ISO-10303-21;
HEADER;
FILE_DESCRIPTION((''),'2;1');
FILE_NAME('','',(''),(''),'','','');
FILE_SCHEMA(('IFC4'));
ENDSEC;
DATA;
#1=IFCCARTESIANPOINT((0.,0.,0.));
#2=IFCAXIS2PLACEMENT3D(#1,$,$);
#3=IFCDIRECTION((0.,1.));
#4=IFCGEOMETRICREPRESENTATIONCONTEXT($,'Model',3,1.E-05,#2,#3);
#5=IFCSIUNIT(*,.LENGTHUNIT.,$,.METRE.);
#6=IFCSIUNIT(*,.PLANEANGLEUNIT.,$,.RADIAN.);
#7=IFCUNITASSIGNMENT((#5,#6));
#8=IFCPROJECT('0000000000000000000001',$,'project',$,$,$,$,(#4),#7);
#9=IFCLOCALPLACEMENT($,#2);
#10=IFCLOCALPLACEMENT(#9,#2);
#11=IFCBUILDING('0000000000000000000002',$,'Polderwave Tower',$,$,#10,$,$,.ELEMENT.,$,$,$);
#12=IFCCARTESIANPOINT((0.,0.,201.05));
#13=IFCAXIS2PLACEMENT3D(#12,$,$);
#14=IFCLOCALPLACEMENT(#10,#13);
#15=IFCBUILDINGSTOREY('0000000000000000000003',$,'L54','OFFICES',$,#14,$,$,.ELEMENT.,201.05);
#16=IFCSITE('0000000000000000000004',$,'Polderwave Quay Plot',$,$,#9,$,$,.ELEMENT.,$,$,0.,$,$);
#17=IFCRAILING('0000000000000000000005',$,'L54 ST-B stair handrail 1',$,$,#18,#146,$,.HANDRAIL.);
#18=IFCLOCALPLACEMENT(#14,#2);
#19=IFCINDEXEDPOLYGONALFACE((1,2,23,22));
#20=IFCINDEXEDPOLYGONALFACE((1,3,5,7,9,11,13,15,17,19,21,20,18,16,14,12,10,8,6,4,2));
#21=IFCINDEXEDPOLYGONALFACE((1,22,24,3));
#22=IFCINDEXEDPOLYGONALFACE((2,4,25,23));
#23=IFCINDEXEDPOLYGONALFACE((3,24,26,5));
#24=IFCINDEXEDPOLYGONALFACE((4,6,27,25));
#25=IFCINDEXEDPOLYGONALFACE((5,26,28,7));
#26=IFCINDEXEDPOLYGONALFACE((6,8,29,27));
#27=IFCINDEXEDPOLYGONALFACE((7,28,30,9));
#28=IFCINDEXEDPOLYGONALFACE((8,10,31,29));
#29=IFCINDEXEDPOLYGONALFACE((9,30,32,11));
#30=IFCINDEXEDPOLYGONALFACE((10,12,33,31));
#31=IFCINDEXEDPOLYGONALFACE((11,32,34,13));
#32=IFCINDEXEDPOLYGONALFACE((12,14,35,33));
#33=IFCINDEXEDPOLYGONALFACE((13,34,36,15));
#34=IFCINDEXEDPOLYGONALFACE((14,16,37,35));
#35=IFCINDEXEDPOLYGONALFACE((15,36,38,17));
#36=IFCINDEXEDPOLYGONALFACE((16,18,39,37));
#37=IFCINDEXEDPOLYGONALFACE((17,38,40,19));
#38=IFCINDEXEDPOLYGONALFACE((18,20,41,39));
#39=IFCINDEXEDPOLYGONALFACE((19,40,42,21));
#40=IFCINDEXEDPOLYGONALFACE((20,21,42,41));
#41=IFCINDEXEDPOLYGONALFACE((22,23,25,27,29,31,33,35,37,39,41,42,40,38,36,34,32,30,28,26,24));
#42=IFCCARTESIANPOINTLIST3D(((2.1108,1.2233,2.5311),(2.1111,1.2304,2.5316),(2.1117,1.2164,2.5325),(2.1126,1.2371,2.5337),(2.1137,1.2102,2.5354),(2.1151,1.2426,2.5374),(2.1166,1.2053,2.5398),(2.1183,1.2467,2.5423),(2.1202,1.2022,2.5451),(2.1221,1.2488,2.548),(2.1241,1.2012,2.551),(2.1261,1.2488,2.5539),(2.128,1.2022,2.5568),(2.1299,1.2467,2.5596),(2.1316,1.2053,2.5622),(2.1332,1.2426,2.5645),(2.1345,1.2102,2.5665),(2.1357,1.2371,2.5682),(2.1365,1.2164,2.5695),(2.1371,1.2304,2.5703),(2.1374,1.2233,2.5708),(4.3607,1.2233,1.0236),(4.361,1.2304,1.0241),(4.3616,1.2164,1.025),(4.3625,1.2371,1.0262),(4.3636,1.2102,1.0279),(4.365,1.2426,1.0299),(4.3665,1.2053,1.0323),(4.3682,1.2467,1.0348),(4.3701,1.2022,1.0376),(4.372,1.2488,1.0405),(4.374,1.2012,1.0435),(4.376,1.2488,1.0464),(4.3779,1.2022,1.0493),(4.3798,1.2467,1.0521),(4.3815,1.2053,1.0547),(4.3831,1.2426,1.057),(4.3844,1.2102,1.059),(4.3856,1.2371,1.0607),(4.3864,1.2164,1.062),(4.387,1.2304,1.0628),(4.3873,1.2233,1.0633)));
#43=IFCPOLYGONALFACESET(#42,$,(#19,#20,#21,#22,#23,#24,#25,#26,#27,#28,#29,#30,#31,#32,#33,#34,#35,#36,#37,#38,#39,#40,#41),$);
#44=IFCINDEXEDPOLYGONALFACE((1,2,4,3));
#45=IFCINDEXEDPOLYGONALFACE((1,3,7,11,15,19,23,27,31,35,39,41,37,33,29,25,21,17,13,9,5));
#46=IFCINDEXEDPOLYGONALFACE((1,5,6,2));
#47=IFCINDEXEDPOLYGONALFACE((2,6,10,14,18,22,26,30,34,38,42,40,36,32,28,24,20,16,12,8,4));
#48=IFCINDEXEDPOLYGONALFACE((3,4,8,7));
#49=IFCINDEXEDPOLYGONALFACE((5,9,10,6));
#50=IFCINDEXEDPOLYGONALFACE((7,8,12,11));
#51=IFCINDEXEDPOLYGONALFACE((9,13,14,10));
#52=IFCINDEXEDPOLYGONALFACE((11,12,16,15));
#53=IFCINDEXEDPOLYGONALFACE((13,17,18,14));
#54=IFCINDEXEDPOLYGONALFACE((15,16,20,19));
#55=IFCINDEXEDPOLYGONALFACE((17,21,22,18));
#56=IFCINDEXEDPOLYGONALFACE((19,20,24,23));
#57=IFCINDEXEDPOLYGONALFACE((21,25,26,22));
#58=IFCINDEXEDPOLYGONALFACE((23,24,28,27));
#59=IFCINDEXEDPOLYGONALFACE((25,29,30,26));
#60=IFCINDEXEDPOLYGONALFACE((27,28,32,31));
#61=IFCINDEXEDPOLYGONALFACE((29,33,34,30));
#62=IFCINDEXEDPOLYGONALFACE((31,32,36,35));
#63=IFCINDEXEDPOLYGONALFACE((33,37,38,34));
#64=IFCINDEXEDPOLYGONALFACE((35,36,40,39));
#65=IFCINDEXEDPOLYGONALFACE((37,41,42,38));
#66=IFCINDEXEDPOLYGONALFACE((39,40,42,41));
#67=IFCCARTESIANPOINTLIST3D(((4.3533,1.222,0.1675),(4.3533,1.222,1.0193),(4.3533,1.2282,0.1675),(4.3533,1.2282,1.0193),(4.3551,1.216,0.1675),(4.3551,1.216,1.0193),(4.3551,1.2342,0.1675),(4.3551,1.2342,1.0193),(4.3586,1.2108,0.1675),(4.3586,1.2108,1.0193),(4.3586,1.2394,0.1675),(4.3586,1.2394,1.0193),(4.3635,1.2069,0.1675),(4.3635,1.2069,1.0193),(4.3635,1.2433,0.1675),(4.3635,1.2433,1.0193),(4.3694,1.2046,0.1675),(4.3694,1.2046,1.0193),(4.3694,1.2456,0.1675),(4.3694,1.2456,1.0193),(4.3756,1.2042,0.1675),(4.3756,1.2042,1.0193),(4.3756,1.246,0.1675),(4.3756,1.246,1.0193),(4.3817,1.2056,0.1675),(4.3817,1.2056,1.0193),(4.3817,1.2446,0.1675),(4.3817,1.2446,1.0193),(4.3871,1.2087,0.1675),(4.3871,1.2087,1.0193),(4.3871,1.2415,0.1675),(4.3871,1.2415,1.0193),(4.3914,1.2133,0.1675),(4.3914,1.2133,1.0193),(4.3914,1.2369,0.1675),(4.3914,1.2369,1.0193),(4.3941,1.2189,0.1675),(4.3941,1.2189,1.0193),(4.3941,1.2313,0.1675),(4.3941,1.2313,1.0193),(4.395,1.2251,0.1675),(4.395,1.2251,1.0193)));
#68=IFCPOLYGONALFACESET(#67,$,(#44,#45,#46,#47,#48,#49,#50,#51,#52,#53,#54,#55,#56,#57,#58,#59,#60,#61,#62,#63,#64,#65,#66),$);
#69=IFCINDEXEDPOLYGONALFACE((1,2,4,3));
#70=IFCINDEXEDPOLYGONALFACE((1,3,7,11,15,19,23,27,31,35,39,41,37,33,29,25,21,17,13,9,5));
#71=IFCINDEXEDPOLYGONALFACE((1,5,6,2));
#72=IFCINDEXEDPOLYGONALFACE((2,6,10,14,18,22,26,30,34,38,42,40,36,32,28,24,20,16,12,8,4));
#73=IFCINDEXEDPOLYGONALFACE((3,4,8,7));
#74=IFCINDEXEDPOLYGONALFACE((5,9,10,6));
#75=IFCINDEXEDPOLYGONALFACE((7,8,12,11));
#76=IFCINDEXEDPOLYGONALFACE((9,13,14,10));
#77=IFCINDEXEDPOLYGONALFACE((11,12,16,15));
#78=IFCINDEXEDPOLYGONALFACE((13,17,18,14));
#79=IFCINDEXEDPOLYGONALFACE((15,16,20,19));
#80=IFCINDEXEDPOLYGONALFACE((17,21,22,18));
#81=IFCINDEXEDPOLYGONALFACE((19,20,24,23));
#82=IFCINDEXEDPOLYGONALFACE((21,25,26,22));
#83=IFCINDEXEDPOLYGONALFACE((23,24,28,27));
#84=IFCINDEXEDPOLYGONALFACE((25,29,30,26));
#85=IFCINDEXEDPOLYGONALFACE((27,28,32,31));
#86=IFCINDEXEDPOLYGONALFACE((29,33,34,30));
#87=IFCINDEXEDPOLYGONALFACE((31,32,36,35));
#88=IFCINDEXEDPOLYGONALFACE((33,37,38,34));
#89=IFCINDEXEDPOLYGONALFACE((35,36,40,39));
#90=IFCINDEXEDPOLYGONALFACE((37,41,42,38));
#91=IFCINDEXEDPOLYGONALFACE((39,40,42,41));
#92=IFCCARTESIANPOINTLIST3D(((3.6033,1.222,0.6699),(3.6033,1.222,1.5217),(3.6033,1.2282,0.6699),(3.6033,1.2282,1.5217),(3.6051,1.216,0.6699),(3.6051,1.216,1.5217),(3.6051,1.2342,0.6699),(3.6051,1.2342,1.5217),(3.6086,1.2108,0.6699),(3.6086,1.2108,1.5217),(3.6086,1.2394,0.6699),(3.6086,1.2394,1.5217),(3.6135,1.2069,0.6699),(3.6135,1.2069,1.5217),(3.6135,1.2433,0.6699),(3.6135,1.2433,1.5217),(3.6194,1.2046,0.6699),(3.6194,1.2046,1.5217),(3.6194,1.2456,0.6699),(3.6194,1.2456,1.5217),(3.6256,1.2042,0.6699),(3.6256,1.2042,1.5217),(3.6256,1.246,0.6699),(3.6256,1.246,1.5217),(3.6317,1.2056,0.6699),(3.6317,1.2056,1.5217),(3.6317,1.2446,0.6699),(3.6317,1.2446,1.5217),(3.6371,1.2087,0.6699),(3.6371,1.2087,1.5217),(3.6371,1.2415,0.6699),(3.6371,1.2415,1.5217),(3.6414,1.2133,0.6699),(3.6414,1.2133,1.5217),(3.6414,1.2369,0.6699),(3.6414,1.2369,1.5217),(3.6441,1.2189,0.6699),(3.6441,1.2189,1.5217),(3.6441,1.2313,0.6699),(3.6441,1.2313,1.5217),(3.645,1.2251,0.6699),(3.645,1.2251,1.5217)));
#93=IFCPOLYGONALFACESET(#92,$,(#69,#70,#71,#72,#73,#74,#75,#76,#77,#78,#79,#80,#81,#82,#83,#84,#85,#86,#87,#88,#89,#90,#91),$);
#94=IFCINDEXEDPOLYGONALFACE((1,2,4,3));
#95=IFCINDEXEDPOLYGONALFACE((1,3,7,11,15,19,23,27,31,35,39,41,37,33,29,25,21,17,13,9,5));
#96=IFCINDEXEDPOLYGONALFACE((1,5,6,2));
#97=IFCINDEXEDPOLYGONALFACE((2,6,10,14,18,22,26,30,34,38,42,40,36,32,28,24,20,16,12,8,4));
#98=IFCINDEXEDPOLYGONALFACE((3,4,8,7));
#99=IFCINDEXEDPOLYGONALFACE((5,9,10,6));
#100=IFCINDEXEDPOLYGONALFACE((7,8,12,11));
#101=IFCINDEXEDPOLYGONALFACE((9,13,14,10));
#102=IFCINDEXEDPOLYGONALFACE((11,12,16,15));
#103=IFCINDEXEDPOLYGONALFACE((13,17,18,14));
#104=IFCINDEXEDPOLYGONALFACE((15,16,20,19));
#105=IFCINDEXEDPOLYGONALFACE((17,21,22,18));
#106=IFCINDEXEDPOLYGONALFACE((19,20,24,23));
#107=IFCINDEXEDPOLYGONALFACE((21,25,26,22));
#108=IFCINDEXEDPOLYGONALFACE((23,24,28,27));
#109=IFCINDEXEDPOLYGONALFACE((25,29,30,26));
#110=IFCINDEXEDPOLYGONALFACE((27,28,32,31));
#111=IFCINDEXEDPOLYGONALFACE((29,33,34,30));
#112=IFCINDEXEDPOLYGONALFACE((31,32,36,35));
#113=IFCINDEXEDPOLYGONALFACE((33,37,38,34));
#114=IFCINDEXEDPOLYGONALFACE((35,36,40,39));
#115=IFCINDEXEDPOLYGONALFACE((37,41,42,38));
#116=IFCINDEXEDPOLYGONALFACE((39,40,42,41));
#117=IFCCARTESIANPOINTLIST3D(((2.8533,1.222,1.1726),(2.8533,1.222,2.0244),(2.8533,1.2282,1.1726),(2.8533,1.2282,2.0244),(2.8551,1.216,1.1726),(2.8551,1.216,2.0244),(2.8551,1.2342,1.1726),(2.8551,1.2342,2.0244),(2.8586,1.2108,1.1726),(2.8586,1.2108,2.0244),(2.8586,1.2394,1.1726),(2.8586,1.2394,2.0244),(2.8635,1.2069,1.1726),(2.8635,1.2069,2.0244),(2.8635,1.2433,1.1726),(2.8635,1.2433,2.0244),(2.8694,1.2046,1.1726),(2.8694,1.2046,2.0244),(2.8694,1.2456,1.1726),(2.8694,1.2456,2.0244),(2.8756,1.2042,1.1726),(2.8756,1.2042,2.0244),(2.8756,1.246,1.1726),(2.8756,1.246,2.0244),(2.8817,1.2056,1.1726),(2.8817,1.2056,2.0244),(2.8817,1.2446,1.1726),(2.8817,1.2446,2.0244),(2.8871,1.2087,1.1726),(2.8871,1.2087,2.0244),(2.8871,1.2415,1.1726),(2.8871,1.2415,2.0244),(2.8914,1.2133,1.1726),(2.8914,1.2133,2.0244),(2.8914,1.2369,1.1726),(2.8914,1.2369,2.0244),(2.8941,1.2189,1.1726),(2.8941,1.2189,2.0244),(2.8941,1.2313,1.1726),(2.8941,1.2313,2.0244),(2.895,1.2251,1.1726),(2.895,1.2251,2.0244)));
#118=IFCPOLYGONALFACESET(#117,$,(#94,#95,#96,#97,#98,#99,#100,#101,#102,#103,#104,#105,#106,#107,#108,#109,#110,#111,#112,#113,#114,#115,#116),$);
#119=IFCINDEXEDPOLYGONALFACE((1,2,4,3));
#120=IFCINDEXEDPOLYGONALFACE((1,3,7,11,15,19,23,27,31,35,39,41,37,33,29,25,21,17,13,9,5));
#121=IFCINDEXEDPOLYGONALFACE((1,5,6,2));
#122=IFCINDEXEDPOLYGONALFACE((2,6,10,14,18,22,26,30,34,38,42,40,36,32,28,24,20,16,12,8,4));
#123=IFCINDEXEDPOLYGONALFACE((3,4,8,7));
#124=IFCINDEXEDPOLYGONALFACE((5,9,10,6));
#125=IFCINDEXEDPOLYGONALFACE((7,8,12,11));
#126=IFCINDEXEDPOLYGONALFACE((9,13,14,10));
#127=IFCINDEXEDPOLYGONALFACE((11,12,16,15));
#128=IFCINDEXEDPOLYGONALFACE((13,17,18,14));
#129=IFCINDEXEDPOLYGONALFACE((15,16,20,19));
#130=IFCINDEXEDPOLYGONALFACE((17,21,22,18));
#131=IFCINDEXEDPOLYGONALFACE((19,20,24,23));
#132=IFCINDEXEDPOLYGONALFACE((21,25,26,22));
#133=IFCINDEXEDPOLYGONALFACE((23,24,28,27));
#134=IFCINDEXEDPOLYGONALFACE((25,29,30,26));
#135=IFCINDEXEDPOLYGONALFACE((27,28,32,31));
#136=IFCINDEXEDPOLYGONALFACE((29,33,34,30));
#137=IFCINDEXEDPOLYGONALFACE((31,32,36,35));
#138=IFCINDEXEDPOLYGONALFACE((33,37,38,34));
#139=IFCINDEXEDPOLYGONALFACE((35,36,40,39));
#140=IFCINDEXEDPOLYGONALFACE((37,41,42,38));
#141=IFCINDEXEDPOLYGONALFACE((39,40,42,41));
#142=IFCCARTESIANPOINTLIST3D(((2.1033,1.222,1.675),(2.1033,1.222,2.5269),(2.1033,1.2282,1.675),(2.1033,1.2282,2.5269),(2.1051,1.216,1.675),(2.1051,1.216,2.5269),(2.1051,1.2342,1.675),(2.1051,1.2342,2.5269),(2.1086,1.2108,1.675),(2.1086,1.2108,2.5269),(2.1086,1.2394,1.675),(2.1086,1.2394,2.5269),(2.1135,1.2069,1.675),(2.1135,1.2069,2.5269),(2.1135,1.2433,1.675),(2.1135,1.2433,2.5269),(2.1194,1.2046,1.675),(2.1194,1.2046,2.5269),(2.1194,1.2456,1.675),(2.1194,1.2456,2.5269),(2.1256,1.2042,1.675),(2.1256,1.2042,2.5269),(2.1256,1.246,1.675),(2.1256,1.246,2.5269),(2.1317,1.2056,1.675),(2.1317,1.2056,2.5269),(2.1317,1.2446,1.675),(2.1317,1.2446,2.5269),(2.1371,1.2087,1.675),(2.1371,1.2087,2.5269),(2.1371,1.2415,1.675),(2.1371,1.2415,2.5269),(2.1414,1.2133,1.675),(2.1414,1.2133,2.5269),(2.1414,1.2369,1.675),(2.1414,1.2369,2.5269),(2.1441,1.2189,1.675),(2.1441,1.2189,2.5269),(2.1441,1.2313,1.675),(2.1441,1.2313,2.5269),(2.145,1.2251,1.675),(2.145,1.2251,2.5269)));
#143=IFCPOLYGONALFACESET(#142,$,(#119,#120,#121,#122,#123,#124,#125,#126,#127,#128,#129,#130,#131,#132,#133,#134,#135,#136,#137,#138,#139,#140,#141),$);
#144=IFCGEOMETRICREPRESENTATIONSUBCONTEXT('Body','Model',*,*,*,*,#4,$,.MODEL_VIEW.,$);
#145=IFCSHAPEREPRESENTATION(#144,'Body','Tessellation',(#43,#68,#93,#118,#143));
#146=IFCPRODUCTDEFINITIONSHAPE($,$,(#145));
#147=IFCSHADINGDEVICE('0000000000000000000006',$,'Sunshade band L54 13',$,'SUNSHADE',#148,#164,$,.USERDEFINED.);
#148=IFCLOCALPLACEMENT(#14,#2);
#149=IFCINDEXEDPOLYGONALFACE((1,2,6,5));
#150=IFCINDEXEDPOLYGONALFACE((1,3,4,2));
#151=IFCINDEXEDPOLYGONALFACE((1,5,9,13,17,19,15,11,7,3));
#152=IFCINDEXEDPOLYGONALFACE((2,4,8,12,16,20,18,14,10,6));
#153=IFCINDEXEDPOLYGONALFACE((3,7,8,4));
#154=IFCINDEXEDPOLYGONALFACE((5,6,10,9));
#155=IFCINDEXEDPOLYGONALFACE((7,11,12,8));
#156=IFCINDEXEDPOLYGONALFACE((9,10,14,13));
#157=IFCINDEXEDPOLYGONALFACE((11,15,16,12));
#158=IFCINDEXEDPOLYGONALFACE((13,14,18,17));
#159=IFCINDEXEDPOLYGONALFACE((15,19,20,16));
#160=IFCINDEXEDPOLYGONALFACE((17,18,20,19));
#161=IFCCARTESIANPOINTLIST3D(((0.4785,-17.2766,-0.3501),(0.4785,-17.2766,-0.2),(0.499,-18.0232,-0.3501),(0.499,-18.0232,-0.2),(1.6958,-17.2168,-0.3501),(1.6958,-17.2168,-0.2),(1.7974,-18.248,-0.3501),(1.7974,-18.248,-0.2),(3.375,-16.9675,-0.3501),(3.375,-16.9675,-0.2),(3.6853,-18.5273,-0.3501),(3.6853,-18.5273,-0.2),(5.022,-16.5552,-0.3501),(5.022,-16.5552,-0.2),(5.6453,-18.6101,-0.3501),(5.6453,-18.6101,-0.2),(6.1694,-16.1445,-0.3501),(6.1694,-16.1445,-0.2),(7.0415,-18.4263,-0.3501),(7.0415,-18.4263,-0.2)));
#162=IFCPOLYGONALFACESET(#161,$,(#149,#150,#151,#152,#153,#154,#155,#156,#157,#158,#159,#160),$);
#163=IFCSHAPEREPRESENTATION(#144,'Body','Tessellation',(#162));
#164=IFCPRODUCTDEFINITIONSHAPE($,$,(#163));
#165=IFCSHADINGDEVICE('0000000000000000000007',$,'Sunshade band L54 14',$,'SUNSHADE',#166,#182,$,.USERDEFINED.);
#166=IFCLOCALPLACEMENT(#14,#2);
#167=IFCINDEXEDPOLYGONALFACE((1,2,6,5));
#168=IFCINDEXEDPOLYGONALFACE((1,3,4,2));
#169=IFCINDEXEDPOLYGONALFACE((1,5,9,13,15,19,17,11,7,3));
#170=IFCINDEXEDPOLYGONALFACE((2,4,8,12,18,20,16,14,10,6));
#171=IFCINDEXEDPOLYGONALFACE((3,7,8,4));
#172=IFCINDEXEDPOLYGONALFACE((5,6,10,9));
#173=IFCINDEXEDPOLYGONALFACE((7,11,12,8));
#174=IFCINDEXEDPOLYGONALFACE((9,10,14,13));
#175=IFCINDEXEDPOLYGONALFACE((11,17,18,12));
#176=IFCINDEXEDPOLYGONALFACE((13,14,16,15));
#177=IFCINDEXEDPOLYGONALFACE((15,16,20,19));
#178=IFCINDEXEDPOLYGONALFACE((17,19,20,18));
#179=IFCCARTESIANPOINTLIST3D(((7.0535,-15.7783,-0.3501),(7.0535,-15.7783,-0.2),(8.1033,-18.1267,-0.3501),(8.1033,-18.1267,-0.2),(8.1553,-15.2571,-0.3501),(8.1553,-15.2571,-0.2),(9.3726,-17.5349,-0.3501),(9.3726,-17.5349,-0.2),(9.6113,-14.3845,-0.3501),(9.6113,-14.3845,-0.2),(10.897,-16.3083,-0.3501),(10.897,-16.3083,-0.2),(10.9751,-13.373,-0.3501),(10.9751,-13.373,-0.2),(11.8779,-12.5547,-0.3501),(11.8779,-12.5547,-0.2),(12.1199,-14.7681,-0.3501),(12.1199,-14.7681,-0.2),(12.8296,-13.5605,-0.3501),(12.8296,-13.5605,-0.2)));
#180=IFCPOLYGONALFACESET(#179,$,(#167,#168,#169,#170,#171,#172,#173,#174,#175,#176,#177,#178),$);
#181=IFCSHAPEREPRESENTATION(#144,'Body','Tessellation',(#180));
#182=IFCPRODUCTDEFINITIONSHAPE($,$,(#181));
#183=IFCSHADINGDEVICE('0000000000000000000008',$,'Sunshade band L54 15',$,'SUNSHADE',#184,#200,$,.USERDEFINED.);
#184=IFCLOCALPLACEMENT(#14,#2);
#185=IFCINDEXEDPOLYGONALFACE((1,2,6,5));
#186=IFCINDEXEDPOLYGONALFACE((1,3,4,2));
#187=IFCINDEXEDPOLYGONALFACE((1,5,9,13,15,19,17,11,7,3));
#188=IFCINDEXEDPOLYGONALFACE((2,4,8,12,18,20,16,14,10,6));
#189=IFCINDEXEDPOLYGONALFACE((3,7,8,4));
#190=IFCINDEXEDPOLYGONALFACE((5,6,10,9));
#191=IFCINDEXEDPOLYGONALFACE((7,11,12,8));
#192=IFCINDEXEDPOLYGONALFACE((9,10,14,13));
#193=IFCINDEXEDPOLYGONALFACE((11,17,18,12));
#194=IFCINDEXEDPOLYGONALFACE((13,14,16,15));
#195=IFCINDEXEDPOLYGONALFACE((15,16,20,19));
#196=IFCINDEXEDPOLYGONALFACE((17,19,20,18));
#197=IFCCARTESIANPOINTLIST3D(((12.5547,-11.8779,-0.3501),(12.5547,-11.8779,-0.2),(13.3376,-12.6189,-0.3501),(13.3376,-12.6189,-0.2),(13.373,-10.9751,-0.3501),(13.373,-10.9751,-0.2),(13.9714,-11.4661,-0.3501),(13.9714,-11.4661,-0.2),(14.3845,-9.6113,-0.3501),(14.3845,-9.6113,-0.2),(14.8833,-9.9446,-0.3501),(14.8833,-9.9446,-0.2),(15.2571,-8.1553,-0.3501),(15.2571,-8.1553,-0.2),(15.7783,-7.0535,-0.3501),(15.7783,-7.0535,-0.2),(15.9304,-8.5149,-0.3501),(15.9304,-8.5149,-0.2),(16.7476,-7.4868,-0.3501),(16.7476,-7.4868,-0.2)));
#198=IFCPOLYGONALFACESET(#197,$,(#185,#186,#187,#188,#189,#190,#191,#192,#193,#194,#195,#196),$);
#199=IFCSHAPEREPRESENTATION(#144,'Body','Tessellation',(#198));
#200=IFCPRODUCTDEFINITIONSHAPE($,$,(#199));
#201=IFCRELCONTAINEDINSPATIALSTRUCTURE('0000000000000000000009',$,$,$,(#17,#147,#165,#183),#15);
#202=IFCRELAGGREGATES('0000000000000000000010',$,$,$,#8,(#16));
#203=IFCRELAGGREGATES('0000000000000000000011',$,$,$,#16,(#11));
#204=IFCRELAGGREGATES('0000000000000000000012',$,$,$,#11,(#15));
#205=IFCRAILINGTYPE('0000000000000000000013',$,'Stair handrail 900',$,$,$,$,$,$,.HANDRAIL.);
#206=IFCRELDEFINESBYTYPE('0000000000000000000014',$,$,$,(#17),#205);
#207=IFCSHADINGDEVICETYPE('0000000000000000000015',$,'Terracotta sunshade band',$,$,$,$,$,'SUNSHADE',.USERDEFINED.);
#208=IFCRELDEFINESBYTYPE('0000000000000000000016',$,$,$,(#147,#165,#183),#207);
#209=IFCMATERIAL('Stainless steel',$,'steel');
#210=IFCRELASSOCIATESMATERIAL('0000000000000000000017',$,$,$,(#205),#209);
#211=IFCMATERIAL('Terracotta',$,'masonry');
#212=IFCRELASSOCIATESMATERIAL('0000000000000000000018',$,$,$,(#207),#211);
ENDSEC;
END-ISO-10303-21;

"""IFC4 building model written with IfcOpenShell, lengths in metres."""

from ifc_helpers import new_model, si_unit, direction, frame, origin, origin_2d, place, context, subcontext, project, spatial, polyline, circle, outline, extrude, material, type_object, element, save


model = new_model("IFC4")

# Units and contexts
model_context = context("Model", 3, precision=1e-05, world=origin(), true_north=direction((0.0, 1.0)))
body_context = subcontext(model_context, "Body", "Model", "MODEL_VIEW")
ifc_project = project(units=[si_unit("LENGTHUNIT", "METRE"), si_unit("PLANEANGLEUNIT", "RADIAN")], contexts=[model_context])

# Site, building, storey
site_placement = place(None, origin())
site = spatial("IfcSite", under=ifc_project, at=site_placement, Name="Polderwave Quay Plot", CompositionType="ELEMENT", RefElevation=0.0)
building_placement = place(site_placement, origin())
building = spatial("IfcBuilding", under=site, at=building_placement, Name="Polderwave Tower", CompositionType="ELEMENT")
storey_placement = place(building_placement, frame((0.0, 0.0, 201.05)))
storey = spatial("IfcBuildingStorey", under=building, at=storey_placement, Name="L54", Description="OFFICES", CompositionType="ELEMENT", Elevation=201.05)

# Railing
ifc_material_1 = material(Name="Stainless steel", Category="steel")
railing_type_1 = type_object("IfcRailingType", Name="Stair handrail 900", PredefinedType="HANDRAIL", material=ifc_material_1)
railing_1_placement = place(storey_placement, frame((4.374, 1.2251, 0.1675)))
element("IfcRailing", 1, at=railing_1_placement, inside=storey, type_object=railing_type_1, Name="L54 ST-B stair handrail 1", PredefinedType="HANDRAIL", context=body_context, shape_type="SweptSolid", body=[
    extrude(circle(Radius=0.0239, at=origin_2d()), frame((0.0, 0.0, 0.876), z_axis=(-0.830758, 0.0, 0.556633), x_axis=(0.0, -1.0, 0.0)), (0.0, 0.0, 1.0), 2.7083),
    extrude(circle(Radius=0.021, at=origin_2d()), origin(), (0.0, 0.0, 1.0), 0.8518),
    extrude(circle(Radius=0.021, at=origin_2d()), frame((-0.75, 0.0, 0.5024)), (0.0, 0.0, 1.0), 0.8518),
    extrude(circle(Radius=0.021, at=origin_2d()), frame((-1.5, 0.0, 1.0051)), (0.0, 0.0, 1.0), 0.8518),
    extrude(circle(Radius=0.021, at=origin_2d()), frame((-2.25, 0.0, 1.5076)), (0.0, 0.0, 1.0), 0.8518),
])

# Shading devices
ifc_material_2 = material(Name="Terracotta", Category="masonry")
shading_device_type = type_object("IfcShadingDeviceType", Name="Terracotta sunshade band", ElementType="SUNSHADE", PredefinedType="USERDEFINED", material=ifc_material_2)
shading_device_1_placement = place(storey_placement, frame((0.0, 0.0, -0.3501)))
element("IfcShadingDevice", 2, at=shading_device_1_placement, inside=storey, type_object=shading_device_type, Name="Sunshade band L54 13", ObjectType="SUNSHADE", PredefinedType="USERDEFINED", context=body_context, shape_type="SweptSolid", body=[
    extrude(outline(polyline([(0.4785, -17.2766), (1.6958, -17.2168), (3.375, -16.9675), (5.022, -16.5552), (6.1694, -16.1445), (7.0415, -18.4263), (5.6453, -18.6101), (3.6853, -18.5273), (1.7974, -18.248), (0.499, -18.0232), (0.4785, -17.2766)])), origin(), (0.0, 0.0, 1.0), 0.1501),
])
shading_device_2_placement = place(storey_placement, frame((0.0, 0.0, -0.3501)))
element("IfcShadingDevice", 3, at=shading_device_2_placement, inside=storey, type_object=shading_device_type, Name="Sunshade band L54 14", ObjectType="SUNSHADE", PredefinedType="USERDEFINED", context=body_context, shape_type="SweptSolid", body=[
    extrude(outline(polyline([(7.0535, -15.7783), (8.1553, -15.2571), (9.6113, -14.3845), (10.9751, -13.373), (11.8779, -12.5547), (12.8296, -13.5605), (12.1199, -14.7681), (10.897, -16.3083), (9.3726, -17.5349), (8.1033, -18.1267), (7.0535, -15.7783)])), origin(), (0.0, 0.0, 1.0), 0.1501),
])
shading_device_3_placement = place(storey_placement, frame((0.0, 0.0, -0.3501)))
element("IfcShadingDevice", 4, at=shading_device_3_placement, inside=storey, type_object=shading_device_type, Name="Sunshade band L54 15", ObjectType="SUNSHADE", PredefinedType="USERDEFINED", context=body_context, shape_type="SweptSolid", body=[
    extrude(outline(polyline([(12.5547, -11.8779), (13.373, -10.9751), (14.3845, -9.6113), (15.2571, -8.1553), (15.7783, -7.0535), (16.7476, -7.4868), (15.9304, -8.5149), (14.8833, -9.9446), (13.9714, -11.4661), (13.3376, -12.6189), (12.5547, -11.8779)])), origin(), (0.0, 0.0, 1.0), 0.1501),
])

save(model, "model.ifc")
